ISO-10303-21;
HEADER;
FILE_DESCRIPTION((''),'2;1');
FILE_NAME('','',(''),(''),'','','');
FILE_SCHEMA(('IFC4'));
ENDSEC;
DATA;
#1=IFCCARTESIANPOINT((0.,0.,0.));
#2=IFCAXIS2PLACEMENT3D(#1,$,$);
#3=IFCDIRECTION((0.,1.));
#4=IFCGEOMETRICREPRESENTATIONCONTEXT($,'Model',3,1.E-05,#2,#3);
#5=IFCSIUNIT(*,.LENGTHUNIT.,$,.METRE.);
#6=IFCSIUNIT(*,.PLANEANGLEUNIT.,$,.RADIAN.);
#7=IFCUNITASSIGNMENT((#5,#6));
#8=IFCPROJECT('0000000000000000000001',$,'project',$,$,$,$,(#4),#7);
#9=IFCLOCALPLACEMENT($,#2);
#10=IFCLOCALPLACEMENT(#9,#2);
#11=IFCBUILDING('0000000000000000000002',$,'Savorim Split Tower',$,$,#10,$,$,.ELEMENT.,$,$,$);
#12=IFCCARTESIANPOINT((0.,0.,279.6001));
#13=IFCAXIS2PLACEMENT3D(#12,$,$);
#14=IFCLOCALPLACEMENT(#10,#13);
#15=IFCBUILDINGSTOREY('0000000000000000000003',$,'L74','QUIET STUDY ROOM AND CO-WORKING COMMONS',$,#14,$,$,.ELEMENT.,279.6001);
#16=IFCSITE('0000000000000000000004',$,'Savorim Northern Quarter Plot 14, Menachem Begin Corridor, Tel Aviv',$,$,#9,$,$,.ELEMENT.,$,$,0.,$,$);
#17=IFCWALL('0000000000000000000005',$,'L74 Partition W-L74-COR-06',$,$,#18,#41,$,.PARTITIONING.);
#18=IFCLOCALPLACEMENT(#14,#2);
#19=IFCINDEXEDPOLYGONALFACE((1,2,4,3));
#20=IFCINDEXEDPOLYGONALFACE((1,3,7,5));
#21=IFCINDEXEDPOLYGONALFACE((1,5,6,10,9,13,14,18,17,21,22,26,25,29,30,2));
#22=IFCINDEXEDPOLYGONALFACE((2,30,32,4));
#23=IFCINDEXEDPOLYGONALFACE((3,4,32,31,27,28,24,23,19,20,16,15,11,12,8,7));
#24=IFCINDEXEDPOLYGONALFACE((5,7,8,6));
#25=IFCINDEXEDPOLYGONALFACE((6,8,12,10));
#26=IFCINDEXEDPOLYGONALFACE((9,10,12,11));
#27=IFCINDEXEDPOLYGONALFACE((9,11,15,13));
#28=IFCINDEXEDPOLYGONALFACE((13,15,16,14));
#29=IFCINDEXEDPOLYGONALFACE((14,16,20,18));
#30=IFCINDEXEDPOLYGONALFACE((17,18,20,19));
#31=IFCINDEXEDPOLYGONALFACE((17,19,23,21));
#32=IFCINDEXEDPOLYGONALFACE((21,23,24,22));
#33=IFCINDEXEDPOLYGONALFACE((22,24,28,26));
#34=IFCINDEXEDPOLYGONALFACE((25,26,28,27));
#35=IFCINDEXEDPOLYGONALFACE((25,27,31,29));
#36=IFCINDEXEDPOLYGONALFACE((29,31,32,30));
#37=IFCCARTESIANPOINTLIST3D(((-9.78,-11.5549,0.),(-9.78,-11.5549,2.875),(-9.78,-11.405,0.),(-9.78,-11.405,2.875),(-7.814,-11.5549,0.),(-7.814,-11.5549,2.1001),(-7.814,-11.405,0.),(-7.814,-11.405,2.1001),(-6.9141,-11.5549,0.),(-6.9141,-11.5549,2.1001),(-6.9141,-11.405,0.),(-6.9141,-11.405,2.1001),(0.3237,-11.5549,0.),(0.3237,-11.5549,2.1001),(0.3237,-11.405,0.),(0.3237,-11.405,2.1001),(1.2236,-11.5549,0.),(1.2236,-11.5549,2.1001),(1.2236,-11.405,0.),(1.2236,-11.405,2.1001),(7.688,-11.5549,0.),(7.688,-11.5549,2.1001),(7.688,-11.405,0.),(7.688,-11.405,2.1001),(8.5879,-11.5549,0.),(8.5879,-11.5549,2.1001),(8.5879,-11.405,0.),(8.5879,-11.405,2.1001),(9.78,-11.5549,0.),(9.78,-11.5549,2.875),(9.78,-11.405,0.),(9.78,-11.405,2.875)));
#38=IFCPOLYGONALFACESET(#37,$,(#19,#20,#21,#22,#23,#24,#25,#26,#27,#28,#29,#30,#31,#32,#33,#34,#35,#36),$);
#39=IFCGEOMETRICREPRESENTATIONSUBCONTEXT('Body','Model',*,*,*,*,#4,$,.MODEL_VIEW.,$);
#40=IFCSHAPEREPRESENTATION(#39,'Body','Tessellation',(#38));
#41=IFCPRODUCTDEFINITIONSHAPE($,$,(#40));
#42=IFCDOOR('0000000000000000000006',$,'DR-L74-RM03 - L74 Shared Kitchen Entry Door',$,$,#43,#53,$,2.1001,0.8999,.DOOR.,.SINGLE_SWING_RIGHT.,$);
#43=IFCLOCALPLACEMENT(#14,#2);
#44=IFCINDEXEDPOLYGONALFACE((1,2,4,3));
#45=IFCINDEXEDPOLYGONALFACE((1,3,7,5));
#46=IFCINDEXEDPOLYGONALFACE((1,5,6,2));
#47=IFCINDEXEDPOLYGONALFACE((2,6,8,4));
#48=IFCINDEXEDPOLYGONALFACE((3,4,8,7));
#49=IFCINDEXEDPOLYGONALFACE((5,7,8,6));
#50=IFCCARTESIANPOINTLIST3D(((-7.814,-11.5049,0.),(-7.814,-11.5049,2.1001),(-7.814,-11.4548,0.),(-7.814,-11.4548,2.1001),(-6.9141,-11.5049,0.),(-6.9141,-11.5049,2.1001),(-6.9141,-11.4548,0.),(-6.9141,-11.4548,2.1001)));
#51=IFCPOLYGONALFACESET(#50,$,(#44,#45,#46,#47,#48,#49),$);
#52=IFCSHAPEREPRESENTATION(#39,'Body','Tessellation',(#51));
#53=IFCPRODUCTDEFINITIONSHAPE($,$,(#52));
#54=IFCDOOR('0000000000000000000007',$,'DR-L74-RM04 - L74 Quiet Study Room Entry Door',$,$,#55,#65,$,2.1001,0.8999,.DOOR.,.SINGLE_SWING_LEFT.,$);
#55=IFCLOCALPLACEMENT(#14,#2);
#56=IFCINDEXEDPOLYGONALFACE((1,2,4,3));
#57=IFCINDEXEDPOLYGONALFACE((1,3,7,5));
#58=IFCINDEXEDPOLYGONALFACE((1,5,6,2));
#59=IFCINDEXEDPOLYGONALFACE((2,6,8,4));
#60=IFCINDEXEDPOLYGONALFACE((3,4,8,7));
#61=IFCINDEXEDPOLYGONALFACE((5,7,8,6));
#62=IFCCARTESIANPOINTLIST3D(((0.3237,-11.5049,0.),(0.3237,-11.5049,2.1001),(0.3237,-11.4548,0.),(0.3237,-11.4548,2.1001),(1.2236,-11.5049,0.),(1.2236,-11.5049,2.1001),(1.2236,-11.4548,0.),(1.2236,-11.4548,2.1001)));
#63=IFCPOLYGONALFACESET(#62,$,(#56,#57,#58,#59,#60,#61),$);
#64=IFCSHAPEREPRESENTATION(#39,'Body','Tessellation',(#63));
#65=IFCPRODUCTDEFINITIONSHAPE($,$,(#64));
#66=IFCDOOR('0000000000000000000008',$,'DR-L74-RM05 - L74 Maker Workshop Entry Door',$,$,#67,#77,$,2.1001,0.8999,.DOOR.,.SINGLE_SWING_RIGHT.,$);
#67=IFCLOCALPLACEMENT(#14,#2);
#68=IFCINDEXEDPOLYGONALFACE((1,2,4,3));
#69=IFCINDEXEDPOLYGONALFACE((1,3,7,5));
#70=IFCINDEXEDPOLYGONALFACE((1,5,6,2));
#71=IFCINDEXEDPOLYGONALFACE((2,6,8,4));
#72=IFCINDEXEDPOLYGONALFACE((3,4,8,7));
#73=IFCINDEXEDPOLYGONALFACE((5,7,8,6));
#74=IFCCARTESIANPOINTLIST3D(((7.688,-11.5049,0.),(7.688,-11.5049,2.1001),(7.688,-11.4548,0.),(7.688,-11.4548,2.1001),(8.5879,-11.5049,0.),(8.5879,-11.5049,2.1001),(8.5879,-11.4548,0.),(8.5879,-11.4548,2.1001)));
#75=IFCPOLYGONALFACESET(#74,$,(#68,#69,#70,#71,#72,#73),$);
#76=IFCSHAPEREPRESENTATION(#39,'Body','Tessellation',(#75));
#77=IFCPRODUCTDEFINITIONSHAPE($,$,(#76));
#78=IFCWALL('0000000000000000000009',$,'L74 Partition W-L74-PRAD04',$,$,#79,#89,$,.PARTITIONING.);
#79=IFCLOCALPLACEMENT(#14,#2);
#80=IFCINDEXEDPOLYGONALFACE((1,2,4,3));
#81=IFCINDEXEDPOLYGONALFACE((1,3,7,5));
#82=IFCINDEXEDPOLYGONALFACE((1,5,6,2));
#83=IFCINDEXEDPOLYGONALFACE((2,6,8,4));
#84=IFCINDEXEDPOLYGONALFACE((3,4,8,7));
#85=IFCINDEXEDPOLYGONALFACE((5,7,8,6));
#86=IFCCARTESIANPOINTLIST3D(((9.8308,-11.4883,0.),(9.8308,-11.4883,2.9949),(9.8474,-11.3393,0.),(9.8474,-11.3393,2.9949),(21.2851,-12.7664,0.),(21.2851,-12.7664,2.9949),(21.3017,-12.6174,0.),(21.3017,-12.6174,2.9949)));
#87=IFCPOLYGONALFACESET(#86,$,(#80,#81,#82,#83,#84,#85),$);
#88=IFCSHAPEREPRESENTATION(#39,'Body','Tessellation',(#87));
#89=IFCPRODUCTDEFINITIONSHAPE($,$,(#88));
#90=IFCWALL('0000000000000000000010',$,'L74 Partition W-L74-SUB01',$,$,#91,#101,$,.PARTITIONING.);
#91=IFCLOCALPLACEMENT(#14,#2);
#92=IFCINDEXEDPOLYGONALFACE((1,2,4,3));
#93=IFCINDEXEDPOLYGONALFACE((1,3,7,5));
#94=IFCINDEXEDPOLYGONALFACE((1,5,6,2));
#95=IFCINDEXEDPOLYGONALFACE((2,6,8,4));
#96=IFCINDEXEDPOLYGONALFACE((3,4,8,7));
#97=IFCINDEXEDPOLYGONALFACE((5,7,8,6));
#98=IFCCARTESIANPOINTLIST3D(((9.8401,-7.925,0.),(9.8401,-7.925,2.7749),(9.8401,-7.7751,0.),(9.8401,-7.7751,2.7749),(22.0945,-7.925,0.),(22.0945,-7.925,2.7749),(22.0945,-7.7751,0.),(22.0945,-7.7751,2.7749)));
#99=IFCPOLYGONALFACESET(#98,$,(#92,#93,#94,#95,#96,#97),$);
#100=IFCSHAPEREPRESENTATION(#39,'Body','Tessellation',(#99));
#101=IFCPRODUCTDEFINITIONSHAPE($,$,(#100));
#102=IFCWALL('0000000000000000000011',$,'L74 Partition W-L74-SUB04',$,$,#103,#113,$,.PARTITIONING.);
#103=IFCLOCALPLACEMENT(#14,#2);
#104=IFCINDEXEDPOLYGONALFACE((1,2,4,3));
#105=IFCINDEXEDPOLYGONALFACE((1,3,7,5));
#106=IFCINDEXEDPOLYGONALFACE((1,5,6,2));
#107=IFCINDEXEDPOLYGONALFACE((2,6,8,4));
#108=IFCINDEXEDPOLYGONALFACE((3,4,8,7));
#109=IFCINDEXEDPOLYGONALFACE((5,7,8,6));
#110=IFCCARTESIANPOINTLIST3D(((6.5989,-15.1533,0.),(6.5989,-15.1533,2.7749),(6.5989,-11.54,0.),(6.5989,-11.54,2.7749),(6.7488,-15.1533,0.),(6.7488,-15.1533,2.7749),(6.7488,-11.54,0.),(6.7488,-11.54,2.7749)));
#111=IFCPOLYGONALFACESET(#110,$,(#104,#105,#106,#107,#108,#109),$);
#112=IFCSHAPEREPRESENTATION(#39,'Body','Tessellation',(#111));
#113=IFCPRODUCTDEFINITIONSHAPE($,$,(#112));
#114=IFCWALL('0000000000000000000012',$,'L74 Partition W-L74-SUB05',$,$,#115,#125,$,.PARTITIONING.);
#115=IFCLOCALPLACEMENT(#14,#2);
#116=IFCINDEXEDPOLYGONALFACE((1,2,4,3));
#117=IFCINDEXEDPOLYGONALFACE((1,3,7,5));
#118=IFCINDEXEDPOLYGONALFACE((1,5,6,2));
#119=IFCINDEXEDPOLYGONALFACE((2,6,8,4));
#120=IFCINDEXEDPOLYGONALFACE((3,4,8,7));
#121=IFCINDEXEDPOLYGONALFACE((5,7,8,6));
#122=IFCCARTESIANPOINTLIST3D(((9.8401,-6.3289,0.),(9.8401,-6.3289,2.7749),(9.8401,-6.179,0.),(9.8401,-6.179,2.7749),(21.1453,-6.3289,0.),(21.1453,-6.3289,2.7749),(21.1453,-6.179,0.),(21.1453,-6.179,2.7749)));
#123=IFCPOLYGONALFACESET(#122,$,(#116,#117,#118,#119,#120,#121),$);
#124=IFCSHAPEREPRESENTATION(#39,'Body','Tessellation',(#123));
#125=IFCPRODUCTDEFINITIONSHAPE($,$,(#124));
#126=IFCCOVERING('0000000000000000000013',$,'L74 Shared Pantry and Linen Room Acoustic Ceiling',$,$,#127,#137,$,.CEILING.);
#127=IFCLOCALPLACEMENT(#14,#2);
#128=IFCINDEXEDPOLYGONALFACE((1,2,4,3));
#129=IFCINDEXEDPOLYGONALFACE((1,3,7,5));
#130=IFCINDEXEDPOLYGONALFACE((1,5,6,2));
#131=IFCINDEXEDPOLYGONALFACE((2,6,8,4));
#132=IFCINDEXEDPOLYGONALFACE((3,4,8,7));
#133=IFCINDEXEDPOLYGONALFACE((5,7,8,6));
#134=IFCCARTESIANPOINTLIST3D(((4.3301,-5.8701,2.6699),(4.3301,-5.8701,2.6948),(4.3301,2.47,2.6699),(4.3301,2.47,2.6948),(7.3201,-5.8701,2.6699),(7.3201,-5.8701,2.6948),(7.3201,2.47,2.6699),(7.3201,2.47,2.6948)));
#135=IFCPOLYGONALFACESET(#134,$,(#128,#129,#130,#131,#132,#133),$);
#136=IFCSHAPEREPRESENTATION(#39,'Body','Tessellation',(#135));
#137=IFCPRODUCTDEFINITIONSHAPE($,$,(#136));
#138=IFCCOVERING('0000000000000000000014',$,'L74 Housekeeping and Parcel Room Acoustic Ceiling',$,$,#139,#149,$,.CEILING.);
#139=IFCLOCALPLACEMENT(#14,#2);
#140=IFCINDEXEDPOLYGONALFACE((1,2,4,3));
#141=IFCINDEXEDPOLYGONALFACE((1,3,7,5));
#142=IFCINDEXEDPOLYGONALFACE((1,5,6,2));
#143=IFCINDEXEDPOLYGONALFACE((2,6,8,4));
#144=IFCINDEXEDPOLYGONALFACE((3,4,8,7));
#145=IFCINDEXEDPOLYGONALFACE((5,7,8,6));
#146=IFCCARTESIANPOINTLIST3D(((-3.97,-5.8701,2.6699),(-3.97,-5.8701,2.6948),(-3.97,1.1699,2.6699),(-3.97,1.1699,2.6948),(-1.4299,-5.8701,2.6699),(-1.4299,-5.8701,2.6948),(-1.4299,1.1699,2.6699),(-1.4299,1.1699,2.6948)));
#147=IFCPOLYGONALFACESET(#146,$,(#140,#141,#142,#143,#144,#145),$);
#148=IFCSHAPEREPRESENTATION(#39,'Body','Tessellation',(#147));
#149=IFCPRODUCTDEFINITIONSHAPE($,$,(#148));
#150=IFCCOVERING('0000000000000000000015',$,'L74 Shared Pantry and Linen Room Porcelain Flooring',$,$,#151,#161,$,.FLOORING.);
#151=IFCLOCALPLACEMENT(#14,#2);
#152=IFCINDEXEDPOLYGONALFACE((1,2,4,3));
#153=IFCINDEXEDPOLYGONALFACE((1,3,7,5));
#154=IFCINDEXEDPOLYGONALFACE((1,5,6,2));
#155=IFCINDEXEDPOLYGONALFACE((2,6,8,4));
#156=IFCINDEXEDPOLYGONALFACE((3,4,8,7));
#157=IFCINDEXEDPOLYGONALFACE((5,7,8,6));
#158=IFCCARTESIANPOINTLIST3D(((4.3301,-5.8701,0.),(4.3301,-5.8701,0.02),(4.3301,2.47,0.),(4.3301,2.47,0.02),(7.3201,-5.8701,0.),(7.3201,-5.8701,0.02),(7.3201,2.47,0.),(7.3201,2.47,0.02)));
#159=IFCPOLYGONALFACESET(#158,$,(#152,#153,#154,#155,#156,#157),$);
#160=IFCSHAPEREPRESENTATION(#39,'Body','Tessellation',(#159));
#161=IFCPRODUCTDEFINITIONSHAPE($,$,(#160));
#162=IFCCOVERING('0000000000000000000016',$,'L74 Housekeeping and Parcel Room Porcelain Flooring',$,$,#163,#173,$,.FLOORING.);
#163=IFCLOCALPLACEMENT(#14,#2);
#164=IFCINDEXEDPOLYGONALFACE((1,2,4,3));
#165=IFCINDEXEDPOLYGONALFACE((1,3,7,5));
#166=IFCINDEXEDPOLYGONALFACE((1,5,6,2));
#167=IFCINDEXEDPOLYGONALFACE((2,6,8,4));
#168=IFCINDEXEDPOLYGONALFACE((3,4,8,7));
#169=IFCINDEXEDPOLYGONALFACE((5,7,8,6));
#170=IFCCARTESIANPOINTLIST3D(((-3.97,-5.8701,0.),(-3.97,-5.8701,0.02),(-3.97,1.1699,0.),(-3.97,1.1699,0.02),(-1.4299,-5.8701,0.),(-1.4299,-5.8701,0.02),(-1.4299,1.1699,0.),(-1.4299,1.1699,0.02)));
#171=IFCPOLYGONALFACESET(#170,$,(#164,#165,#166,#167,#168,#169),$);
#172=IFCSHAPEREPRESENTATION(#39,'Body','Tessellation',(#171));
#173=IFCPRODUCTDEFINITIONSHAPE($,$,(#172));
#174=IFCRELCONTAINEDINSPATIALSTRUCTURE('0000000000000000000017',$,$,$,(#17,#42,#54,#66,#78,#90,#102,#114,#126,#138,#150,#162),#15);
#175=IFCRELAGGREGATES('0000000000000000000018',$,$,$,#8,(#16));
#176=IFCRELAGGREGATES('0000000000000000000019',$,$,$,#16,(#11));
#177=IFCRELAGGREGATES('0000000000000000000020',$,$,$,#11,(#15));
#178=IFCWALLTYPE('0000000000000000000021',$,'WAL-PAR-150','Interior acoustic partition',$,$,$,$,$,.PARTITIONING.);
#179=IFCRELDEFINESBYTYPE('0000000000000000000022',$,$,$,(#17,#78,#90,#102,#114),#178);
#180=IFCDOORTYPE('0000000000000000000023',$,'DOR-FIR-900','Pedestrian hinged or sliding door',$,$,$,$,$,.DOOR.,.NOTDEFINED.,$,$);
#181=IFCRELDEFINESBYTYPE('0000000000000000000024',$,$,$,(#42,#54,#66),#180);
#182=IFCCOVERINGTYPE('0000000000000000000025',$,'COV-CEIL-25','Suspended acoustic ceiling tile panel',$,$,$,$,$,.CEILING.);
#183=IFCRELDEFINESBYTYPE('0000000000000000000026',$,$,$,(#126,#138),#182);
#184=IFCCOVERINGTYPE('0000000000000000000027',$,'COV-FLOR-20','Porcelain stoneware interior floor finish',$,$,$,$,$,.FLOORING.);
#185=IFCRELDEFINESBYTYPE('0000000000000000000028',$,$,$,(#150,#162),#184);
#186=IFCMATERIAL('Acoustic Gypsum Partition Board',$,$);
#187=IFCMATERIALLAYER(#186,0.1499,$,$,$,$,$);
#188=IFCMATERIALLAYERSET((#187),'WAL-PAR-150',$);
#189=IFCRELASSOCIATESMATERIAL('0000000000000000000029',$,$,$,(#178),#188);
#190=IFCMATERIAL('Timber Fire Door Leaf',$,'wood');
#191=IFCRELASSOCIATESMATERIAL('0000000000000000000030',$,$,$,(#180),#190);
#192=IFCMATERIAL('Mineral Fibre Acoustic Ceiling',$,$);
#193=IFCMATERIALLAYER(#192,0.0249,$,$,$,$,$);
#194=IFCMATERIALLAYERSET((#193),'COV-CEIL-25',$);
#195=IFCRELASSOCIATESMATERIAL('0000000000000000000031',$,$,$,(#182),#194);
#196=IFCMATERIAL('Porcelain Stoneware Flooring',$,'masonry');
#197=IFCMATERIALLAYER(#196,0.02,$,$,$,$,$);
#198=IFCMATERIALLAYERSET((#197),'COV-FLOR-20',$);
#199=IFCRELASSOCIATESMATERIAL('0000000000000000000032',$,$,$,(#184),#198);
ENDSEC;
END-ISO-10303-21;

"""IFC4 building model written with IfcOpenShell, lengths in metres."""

from ifc_helpers import new_model, si_unit, direction, frame, frame_2d, origin, place, context, subcontext, project, spatial, polyline, rectangle, outline, extrude, material, layer, layer_set, type_object, element, fill, save


model = new_model("IFC4")

# Units and contexts
model_context = context("Model", 3, precision=1e-05, world=origin(), true_north=direction((0.0, 1.0)))
body_context = subcontext(model_context, "Body", "Model", "MODEL_VIEW")
ifc_project = project(units=[si_unit("LENGTHUNIT", "METRE"), si_unit("PLANEANGLEUNIT", "RADIAN")], contexts=[model_context])

# Site, building, storey
site_placement = place(None, origin())
site = spatial("IfcSite", under=ifc_project, at=site_placement, Name="Savorim Northern Quarter Plot 14, Menachem Begin Corridor, Tel Aviv", CompositionType="ELEMENT", RefElevation=0.0)
building_placement = place(site_placement, origin())
building = spatial("IfcBuilding", under=site, at=building_placement, Name="Savorim Split Tower", CompositionType="ELEMENT")
storey_placement = place(building_placement, frame((0.0, 0.0, 279.6001)))
storey = spatial("IfcBuildingStorey", under=building, at=storey_placement, Name="L74", Description="QUIET STUDY ROOM AND CO-WORKING COMMONS", CompositionType="ELEMENT", Elevation=279.6001)

# Shared definitions
ifc_material_1 = material(Name="Timber Fire Door Leaf", Category="wood")

# Shared definitions
ifc_material_2 = material(Name="Acoustic Gypsum Partition Board")
ifc_layer_1 = layer(ifc_material_2, 0.1499)
ifc_layer_set_1 = layer_set([ifc_layer_1], Name="WAL-PAR-150")
wall_type_1 = type_object("IfcWallType", Name="WAL-PAR-150", Description="Interior acoustic partition", PredefinedType="PARTITIONING", material=ifc_layer_set_1)
door_type_1 = type_object("IfcDoorType", Name="DOR-FIR-900", Description="Pedestrian hinged or sliding door", OperationType="NOTDEFINED", PredefinedType="DOOR", material=ifc_material_1)

# Wall, openings, doors
wall_1_placement = place(storey_placement, frame((9.78, -11.48, 0.0), z_axis=(0.0, 0.0, 1.0), x_axis=(-1.0, 0.0, 0.0)))
wall_1 = element("IfcWall", 1, at=wall_1_placement, inside=storey, type_object=wall_type_1, Name="L74 Partition W-L74-COR-06", PredefinedType="PARTITIONING", context=body_context, shape_type="SweptSolid", body=[
    extrude(rectangle(XDim=19.5601, YDim=0.1499, at=frame_2d((9.78, 0.0))), origin(), (0.0, 0.0, 1.0), 2.875),
])
opening_1_placement = place(wall_1_placement, frame((16.6941, 0.0, 0.0)))
opening_1 = element("IfcOpeningElement", 2, at=opening_1_placement, cuts=wall_1, PredefinedType="OPENING", context=body_context, shape_type="SweptSolid", body=[
    extrude(rectangle(XDim=0.8999, YDim=2.1001, at=frame_2d((0.45, 1.05))), frame((0.0, 0.085, 0.0), z_axis=(0.0, -1.0, 0.0), x_axis=(1.0, 0.0, 0.0)), (0.0, 0.0, 1.0), 0.1699),
])
opening_2_placement = place(wall_1_placement, frame((8.5564, 0.0, 0.0)))
opening_2 = element("IfcOpeningElement", 3, at=opening_2_placement, cuts=wall_1, PredefinedType="OPENING", context=body_context, shape_type="SweptSolid", body=[
    extrude(rectangle(XDim=0.8999, YDim=2.1001, at=frame_2d((0.45, 1.05))), frame((0.0, 0.085, 0.0), z_axis=(0.0, -1.0, 0.0), x_axis=(1.0, 0.0, 0.0)), (0.0, 0.0, 1.0), 0.1699),
])
opening_3_placement = place(wall_1_placement, frame((1.1921, 0.0, 0.0)))
opening_3 = element("IfcOpeningElement", 4, at=opening_3_placement, cuts=wall_1, PredefinedType="OPENING", context=body_context, shape_type="SweptSolid", body=[
    extrude(rectangle(XDim=0.8999, YDim=2.1001, at=frame_2d((0.45, 1.05))), frame((0.0, 0.085, 0.0), z_axis=(0.0, -1.0, 0.0), x_axis=(1.0, 0.0, 0.0)), (0.0, 0.0, 1.0), 0.1699),
])
door_1_placement = place(opening_1_placement, origin())
door_1 = element("IfcDoor", 5, at=door_1_placement, inside=storey, type_object=door_type_1, Name="DR-L74-RM03 - L74 Shared Kitchen Entry Door", OperationType="SINGLE_SWING_RIGHT", OverallHeight=2.1001, OverallWidth=0.8999, PredefinedType="DOOR", context=body_context, shape_type="SweptSolid", body=[
    extrude(rectangle(XDim=0.8999, YDim=2.1001, at=frame_2d((0.45, 1.05))), frame((0.0, 0.0249, 0.0), z_axis=(0.0, -1.0, 0.0), x_axis=(1.0, 0.0, 0.0)), (0.0, 0.0, 1.0), 0.05),
])
fill(opening_1, door_1)
door_2_placement = place(opening_2_placement, origin())
door_2 = element("IfcDoor", 6, at=door_2_placement, inside=storey, type_object=door_type_1, Name="DR-L74-RM04 - L74 Quiet Study Room Entry Door", OperationType="SINGLE_SWING_LEFT", OverallHeight=2.1001, OverallWidth=0.8999, PredefinedType="DOOR", context=body_context, shape_type="SweptSolid", body=[
    extrude(rectangle(XDim=0.8999, YDim=2.1001, at=frame_2d((0.45, 1.05))), frame((0.0, 0.0249, 0.0), z_axis=(0.0, -1.0, 0.0), x_axis=(1.0, 0.0, 0.0)), (0.0, 0.0, 1.0), 0.05),
])
fill(opening_2, door_2)
door_3_placement = place(opening_3_placement, origin())
door_3 = element("IfcDoor", 7, at=door_3_placement, inside=storey, type_object=door_type_1, Name="DR-L74-RM05 - L74 Maker Workshop Entry Door", OperationType="SINGLE_SWING_RIGHT", OverallHeight=2.1001, OverallWidth=0.8999, PredefinedType="DOOR", context=body_context, shape_type="SweptSolid", body=[
    extrude(rectangle(XDim=0.8999, YDim=2.1001, at=frame_2d((0.45, 1.05))), frame((0.0, 0.0249, 0.0), z_axis=(0.0, -1.0, 0.0), x_axis=(1.0, 0.0, 0.0)), (0.0, 0.0, 1.0), 0.05),
])
fill(opening_3, door_3)

# Walls
wall_2_placement = place(storey_placement, frame((9.8391, -11.4138, 0.0), z_axis=(0.0, 0.0, 1.0), x_axis=(0.993832, -0.110892, 0.0)))
element("IfcWall", 8, at=wall_2_placement, inside=storey, type_object=wall_type_1, Name="L74 Partition W-L74-PRAD04", PredefinedType="PARTITIONING", context=body_context, shape_type="SweptSolid", body=[
    extrude(rectangle(XDim=11.5254, YDim=0.1499, at=frame_2d((5.7627, 0.0))), origin(), (0.0, 0.0, 1.0), 2.9949),
])
wall_3_placement = place(storey_placement, frame((9.8401, -7.8501, 0.0), z_axis=(0.0, 0.0, 1.0), x_axis=(1.0, 0.0, 0.0)))
element("IfcWall", 9, at=wall_3_placement, inside=storey, type_object=wall_type_1, Name="L74 Partition W-L74-SUB01", PredefinedType="PARTITIONING", context=body_context, shape_type="SweptSolid", body=[
    extrude(rectangle(XDim=12.2544, YDim=0.1499, at=frame_2d((6.1272, 0.0))), origin(), (0.0, 0.0, 1.0), 2.7749),
])
wall_4_placement = place(storey_placement, frame((6.6738, -11.54, 0.0), z_axis=(0.0, 0.0, 1.0), x_axis=(0.0, -1.0, 0.0)))
element("IfcWall", 10, at=wall_4_placement, inside=storey, type_object=wall_type_1, Name="L74 Partition W-L74-SUB04", PredefinedType="PARTITIONING", context=body_context, shape_type="SweptSolid", body=[
    extrude(rectangle(XDim=3.6133, YDim=0.1499, at=frame_2d((1.8066, 0.0))), origin(), (0.0, 0.0, 1.0), 2.7749),
])
wall_5_placement = place(storey_placement, frame((9.8401, -6.2539, 0.0), z_axis=(0.0, 0.0, 1.0), x_axis=(1.0, 0.0, 0.0)))
element("IfcWall", 11, at=wall_5_placement, inside=storey, type_object=wall_type_1, Name="L74 Partition W-L74-SUB05", PredefinedType="PARTITIONING", context=body_context, shape_type="SweptSolid", body=[
    extrude(rectangle(XDim=11.3052, YDim=0.1499, at=frame_2d((5.6526, 0.0))), origin(), (0.0, 0.0, 1.0), 2.7749),
])

# Coverings
ifc_material_3 = material(Name="Mineral Fibre Acoustic Ceiling")
ifc_layer_2 = layer(ifc_material_3, 0.0249)
ifc_layer_set_2 = layer_set([ifc_layer_2], Name="COV-CEIL-25")
covering_type_1 = type_object("IfcCoveringType", Name="COV-CEIL-25", Description="Suspended acoustic ceiling tile panel", PredefinedType="CEILING", material=ifc_layer_set_2)
covering_1_placement = place(storey_placement, frame((0.0, 0.0, 2.6699)))
element("IfcCovering", 12, at=covering_1_placement, inside=storey, type_object=covering_type_1, Name="L74 Shared Pantry and Linen Room Acoustic Ceiling", PredefinedType="CEILING", context=body_context, shape_type="SweptSolid", body=[
    extrude(outline(polyline([(4.3301, 2.47), (4.3301, -5.8701), (7.3201, -5.8701), (7.3201, 2.47), (4.3301, 2.47)])), origin(), (0.0, 0.0, 1.0), 0.0249),
])
covering_2_placement = place(storey_placement, frame((0.0, 0.0, 2.6699)))
element("IfcCovering", 13, at=covering_2_placement, inside=storey, type_object=covering_type_1, Name="L74 Housekeeping and Parcel Room Acoustic Ceiling", PredefinedType="CEILING", context=body_context, shape_type="SweptSolid", body=[
    extrude(outline(polyline([(-3.97, 1.1699), (-3.97, -5.8701), (-1.4299, -5.8701), (-1.4299, 1.1699), (-3.97, 1.1699)])), origin(), (0.0, 0.0, 1.0), 0.0249),
])
ifc_material_4 = material(Name="Porcelain Stoneware Flooring", Category="masonry")
ifc_layer_3 = layer(ifc_material_4, 0.02)
ifc_layer_set_3 = layer_set([ifc_layer_3], Name="COV-FLOR-20")
covering_type_2 = type_object("IfcCoveringType", Name="COV-FLOR-20", Description="Porcelain stoneware interior floor finish", PredefinedType="FLOORING", material=ifc_layer_set_3)
covering_3_placement = place(storey_placement, origin())
element("IfcCovering", 14, at=covering_3_placement, inside=storey, type_object=covering_type_2, Name="L74 Shared Pantry and Linen Room Porcelain Flooring", PredefinedType="FLOORING", context=body_context, shape_type="SweptSolid", body=[
    extrude(outline(polyline([(4.3301, 2.47), (4.3301, -5.8701), (7.3201, -5.8701), (7.3201, 2.47), (4.3301, 2.47)])), origin(), (0.0, 0.0, 1.0), 0.02),
])
covering_4_placement = place(storey_placement, origin())
element("IfcCovering", 15, at=covering_4_placement, inside=storey, type_object=covering_type_2, Name="L74 Housekeeping and Parcel Room Porcelain Flooring", PredefinedType="FLOORING", context=body_context, shape_type="SweptSolid", body=[
    extrude(outline(polyline([(-3.97, 1.1699), (-3.97, -5.8701), (-1.4299, -5.8701), (-1.4299, 1.1699), (-3.97, 1.1699)])), origin(), (0.0, 0.0, 1.0), 0.02),
])

save(model, "model.ifc")
